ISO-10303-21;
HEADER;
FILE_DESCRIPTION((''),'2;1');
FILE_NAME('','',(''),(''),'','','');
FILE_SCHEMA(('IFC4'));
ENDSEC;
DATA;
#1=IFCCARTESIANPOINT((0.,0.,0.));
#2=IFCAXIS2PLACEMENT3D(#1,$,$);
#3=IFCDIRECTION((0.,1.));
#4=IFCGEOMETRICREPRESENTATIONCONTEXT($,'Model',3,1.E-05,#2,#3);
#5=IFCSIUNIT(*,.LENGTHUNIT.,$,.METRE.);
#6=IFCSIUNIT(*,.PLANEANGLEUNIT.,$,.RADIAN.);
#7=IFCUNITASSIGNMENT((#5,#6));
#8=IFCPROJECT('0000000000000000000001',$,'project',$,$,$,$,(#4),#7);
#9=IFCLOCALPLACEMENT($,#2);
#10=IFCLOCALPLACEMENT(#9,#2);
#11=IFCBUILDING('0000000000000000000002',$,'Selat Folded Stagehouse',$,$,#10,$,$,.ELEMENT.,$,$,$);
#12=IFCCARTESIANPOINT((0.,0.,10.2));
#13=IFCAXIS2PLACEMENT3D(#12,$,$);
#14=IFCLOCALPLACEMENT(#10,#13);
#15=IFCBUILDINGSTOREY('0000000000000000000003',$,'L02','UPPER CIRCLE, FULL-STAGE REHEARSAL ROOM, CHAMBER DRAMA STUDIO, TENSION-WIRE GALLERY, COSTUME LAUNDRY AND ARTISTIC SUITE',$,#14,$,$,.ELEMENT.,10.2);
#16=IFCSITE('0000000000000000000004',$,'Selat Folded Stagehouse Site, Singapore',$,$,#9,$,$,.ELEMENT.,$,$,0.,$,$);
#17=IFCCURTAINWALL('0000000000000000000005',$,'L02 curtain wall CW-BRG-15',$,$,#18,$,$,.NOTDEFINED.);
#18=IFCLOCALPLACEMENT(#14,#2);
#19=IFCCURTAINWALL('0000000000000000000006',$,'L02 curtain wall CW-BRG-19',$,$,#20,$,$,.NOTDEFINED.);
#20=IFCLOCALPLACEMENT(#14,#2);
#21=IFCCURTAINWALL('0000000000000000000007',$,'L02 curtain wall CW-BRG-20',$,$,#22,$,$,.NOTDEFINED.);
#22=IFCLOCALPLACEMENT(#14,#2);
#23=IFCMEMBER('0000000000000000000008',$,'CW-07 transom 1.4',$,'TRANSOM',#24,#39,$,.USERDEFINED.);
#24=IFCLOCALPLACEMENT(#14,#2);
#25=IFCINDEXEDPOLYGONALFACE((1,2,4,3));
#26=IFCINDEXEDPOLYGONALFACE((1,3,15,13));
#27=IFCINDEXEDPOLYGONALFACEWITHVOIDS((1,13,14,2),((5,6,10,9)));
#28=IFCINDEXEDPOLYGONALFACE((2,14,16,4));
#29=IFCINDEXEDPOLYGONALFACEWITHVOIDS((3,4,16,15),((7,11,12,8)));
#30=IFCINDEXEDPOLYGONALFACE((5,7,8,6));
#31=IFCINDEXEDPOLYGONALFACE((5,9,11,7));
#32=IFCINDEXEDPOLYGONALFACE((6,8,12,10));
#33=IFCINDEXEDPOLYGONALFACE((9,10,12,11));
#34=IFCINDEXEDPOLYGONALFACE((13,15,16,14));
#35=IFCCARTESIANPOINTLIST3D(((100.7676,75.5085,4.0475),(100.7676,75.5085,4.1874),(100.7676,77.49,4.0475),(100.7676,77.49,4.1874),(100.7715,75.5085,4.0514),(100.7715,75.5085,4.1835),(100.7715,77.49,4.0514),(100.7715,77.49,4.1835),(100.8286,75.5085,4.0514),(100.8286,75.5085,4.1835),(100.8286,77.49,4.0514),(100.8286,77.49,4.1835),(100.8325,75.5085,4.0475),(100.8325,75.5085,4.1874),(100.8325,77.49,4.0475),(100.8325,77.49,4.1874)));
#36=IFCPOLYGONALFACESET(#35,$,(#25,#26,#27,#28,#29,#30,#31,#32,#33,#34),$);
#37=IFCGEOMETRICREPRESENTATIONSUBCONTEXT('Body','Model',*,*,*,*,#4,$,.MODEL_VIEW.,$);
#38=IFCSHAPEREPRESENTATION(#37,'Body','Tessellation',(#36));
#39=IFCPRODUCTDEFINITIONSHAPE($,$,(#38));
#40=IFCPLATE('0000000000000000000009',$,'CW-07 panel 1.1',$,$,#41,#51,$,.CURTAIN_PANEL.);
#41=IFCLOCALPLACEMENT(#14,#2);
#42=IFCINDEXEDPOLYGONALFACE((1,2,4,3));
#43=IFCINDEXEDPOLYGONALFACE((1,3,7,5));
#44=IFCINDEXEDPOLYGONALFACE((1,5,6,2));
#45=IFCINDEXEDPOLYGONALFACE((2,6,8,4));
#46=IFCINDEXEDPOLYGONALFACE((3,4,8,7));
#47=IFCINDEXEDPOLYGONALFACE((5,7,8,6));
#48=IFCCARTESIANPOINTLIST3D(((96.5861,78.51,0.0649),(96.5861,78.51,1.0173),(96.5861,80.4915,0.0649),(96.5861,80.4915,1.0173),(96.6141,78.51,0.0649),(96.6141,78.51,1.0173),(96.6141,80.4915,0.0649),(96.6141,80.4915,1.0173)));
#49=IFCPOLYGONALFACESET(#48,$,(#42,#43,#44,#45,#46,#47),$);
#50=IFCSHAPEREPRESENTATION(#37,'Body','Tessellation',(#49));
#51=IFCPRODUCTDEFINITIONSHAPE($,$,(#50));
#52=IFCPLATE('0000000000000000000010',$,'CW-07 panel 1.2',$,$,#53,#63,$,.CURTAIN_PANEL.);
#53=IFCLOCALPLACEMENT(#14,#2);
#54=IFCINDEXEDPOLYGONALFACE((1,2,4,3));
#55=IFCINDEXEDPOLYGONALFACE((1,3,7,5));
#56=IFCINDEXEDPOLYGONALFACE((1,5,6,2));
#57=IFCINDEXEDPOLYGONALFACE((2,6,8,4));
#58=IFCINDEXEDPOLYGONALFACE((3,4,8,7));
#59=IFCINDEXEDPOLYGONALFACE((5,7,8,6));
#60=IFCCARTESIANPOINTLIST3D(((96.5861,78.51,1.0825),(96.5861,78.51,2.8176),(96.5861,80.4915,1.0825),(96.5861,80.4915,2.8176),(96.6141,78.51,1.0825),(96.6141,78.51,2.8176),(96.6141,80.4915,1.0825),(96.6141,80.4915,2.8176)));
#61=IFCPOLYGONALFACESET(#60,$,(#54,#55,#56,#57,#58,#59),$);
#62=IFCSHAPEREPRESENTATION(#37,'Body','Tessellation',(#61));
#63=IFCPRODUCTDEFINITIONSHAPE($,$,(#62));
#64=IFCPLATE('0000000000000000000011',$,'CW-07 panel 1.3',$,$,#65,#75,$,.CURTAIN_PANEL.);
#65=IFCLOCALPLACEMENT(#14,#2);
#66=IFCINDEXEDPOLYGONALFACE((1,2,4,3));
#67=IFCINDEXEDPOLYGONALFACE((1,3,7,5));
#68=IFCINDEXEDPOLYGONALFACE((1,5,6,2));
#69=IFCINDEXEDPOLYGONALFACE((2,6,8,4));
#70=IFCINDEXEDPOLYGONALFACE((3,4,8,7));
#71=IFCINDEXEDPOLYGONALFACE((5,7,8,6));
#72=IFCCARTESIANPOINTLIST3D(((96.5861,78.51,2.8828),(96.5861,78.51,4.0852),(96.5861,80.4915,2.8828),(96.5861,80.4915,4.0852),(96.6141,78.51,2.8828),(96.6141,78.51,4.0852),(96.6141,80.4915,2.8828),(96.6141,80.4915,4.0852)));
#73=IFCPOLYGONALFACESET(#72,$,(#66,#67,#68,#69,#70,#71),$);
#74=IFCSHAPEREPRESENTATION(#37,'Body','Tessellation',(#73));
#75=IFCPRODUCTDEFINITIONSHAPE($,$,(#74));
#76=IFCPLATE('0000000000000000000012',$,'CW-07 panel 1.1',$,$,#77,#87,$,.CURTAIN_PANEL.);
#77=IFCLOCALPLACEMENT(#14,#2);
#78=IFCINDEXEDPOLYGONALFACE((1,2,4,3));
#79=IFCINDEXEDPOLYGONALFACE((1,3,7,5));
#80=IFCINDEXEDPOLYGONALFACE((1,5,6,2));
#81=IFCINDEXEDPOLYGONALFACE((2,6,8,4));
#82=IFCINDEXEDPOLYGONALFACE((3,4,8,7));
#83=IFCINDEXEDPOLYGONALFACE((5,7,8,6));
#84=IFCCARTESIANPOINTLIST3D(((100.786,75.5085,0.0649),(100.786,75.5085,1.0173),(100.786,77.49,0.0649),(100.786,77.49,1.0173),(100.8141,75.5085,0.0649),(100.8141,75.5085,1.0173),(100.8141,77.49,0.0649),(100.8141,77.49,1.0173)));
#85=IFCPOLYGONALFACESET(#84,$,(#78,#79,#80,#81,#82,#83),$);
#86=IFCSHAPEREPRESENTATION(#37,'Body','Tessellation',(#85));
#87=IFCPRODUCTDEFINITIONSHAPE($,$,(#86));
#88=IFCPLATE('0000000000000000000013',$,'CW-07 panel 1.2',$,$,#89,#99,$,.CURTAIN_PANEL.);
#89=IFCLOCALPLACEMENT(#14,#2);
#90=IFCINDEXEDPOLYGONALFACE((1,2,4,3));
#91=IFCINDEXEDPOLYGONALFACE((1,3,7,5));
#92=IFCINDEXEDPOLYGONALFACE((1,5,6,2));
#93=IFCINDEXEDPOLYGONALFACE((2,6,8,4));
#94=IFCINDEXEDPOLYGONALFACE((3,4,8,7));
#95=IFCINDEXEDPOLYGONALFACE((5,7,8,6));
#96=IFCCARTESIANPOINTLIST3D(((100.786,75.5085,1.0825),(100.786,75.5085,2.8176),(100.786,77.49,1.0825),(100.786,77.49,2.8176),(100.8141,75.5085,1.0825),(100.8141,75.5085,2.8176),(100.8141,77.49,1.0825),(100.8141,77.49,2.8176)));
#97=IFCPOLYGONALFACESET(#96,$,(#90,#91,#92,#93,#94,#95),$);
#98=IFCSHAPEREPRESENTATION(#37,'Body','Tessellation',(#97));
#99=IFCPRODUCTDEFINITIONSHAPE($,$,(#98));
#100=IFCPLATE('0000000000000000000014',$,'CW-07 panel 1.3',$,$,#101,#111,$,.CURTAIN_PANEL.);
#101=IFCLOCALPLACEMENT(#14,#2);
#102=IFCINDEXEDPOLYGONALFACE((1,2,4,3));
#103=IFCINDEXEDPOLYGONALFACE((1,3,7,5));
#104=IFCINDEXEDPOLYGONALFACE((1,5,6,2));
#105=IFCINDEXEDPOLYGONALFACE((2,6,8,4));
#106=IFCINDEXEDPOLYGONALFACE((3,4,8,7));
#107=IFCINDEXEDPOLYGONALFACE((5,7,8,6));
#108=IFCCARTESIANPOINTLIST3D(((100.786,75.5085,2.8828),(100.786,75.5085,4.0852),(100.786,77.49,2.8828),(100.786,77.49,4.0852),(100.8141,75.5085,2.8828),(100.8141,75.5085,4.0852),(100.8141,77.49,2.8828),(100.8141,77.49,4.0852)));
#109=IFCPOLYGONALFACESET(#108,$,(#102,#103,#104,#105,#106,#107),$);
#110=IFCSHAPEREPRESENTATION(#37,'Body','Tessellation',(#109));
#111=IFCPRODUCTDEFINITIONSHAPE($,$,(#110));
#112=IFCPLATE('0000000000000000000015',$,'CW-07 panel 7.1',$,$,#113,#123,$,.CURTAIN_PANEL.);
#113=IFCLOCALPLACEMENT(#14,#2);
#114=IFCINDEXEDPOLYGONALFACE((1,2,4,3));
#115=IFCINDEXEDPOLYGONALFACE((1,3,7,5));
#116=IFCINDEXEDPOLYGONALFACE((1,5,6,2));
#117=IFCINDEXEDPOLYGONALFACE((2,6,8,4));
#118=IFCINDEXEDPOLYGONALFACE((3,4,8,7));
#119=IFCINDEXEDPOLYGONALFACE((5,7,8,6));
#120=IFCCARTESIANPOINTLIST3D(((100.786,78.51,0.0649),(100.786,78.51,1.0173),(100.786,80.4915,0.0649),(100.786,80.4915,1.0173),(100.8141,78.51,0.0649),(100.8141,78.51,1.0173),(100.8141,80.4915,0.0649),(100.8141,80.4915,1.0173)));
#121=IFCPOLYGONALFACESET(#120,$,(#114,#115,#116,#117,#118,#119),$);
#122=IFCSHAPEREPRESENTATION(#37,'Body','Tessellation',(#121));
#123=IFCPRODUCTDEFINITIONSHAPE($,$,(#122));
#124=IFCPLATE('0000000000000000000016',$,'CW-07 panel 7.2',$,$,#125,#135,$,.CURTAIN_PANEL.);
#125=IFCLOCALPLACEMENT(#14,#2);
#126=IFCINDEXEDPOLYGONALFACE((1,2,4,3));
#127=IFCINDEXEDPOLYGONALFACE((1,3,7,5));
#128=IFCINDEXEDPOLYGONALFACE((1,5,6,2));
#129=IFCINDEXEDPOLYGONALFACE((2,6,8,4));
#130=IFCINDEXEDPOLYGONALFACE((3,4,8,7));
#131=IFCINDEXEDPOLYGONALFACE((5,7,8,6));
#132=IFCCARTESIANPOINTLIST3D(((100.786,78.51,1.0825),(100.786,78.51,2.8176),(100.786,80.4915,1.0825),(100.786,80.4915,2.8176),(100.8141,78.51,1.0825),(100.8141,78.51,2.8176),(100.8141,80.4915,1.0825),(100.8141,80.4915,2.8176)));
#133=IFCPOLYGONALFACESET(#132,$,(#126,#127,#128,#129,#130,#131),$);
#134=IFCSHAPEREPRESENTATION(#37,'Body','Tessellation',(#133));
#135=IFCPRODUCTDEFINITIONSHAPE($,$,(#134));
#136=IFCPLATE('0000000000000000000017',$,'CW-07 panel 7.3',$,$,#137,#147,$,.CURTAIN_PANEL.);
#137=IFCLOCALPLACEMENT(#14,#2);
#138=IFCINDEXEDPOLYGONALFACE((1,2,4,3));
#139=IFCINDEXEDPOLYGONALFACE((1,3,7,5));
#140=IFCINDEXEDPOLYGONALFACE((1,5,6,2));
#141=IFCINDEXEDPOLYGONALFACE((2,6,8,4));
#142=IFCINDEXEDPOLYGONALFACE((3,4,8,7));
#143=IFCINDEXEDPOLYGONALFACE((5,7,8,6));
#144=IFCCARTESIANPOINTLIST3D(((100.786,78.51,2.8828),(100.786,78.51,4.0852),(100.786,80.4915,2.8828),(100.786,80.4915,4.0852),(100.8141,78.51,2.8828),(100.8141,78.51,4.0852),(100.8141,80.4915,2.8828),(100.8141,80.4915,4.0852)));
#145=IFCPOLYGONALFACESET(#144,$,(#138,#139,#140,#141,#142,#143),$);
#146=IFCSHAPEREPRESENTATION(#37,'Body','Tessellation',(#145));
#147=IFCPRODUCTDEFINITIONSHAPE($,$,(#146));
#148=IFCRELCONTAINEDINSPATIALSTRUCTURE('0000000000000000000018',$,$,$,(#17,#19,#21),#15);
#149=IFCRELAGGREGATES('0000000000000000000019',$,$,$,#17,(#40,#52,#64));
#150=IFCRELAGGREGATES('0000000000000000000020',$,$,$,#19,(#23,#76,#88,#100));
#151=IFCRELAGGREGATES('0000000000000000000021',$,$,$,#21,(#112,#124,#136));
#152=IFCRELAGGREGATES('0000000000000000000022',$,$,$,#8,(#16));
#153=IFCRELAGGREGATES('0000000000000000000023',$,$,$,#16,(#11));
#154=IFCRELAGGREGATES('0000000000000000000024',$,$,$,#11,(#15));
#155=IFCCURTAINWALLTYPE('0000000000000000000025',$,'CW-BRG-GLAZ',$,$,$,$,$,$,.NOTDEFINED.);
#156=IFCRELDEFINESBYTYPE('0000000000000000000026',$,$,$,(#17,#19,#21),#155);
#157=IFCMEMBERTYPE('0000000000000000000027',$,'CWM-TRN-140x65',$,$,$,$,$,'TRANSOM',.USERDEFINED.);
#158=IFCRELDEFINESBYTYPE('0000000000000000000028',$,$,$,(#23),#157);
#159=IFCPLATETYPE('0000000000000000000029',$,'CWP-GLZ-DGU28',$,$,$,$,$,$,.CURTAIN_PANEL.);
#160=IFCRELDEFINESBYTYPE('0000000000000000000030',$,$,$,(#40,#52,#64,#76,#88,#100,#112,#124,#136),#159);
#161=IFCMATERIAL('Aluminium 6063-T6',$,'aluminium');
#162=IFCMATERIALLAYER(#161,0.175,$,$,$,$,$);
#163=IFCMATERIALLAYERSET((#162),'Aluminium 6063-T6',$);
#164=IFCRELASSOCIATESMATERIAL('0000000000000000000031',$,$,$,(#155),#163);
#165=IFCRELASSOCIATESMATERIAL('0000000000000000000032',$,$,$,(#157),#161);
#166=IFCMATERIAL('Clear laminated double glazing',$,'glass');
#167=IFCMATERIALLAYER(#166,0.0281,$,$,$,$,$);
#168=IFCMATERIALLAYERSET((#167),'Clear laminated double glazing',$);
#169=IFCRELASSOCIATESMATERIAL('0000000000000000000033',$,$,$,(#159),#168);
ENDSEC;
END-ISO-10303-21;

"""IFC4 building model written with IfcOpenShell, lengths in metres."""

from ifc_helpers import new_model, si_unit, direction, frame, origin, origin_2d, place, context, subcontext, project, spatial, rectangle, hollow_rectangle, extrude, material, layer, layer_set, material_profile, profile_set, type_object, element, aggregate, save


model = new_model("IFC4")

# Units and contexts
model_context = context("Model", 3, precision=1e-05, world=origin(), true_north=direction((0.0, 1.0)))
body_context = subcontext(model_context, "Body", "Model", "MODEL_VIEW")
ifc_project = project(units=[si_unit("LENGTHUNIT", "METRE"), si_unit("PLANEANGLEUNIT", "RADIAN")], contexts=[model_context])

# Site, building, storey
site_placement = place(None, origin())
site = spatial("IfcSite", under=ifc_project, at=site_placement, Name="Selat Folded Stagehouse Site, Singapore", CompositionType="ELEMENT", RefElevation=0.0)
building_placement = place(site_placement, origin())
building = spatial("IfcBuilding", under=site, at=building_placement, Name="Selat Folded Stagehouse", CompositionType="ELEMENT")
storey_placement = place(building_placement, frame((0.0, 0.0, 10.2)))
storey = spatial("IfcBuildingStorey", under=building, at=storey_placement, Name="L02", Description="UPPER CIRCLE, FULL-STAGE REHEARSAL ROOM, CHAMBER DRAMA STUDIO, TENSION-WIRE GALLERY, COSTUME LAUNDRY AND ARTISTIC SUITE", CompositionType="ELEMENT", Elevation=10.2)

# Curtain walls
ifc_material_1 = material(Name="Aluminium 6063-T6", Category="aluminium")
ifc_layer_1 = layer(ifc_material_1, 0.175)
ifc_layer_set_1 = layer_set([ifc_layer_1], Name="Aluminium 6063-T6")
curtain_wall_type = type_object("IfcCurtainWallType", Name="CW-BRG-GLAZ", PredefinedType="NOTDEFINED", material=ifc_layer_set_1)
curtain_wall_1_placement = place(storey_placement, origin())
curtain_wall_1 = element("IfcCurtainWall", 1, at=curtain_wall_1_placement, inside=storey, type_object=curtain_wall_type, Name="L02 curtain wall CW-BRG-15", PredefinedType="NOTDEFINED")
curtain_wall_2_placement = place(storey_placement, origin())
curtain_wall_2 = element("IfcCurtainWall", 2, at=curtain_wall_2_placement, inside=storey, type_object=curtain_wall_type, Name="L02 curtain wall CW-BRG-19", PredefinedType="NOTDEFINED")
curtain_wall_3_placement = place(storey_placement, origin())
curtain_wall_3 = element("IfcCurtainWall", 3, at=curtain_wall_3_placement, inside=storey, type_object=curtain_wall_type, Name="L02 curtain wall CW-BRG-20", PredefinedType="NOTDEFINED")

# Member
ifc_material_profile_1 = material_profile(ifc_material_1, hollow_rectangle(XDim=0.0649, YDim=0.1399, WallThickness=0.0039, at=origin_2d()), Name="ALU 140x65x4.0")
ifc_profile_set_1 = profile_set([ifc_material_profile_1], Name="Aluminium 6063-T6")
member_type_1 = type_object("IfcMemberType", Name="CWM-TRN-140x65", ElementType="TRANSOM", PredefinedType="USERDEFINED", material=ifc_profile_set_1)
member_1_placement = place(storey_placement, frame((100.8, 77.49, 4.1174), z_axis=(0.0, -1.0, 0.0), x_axis=(1.0, 0.0, 0.0)))
member_1 = element("IfcMember", 4, at=member_1_placement, type_object=member_type_1, Name="CW-07 transom 1.4", ObjectType="TRANSOM", PredefinedType="USERDEFINED", context=body_context, shape_type="SweptSolid", body=[
    extrude(hollow_rectangle(XDim=0.0649, YDim=0.1399, WallThickness=0.0039, at=origin_2d()), origin(), (0.0, 0.0, 1.0), 1.9814),
])

# Plates
ifc_material_2 = material(Name="Clear laminated double glazing", Category="glass")
ifc_layer_2 = layer(ifc_material_2, 0.0281)
ifc_layer_set_2 = layer_set([ifc_layer_2], Name="Clear laminated double glazing")
plate_type = type_object("IfcPlateType", Name="CWP-GLZ-DGU28", PredefinedType="CURTAIN_PANEL", material=ifc_layer_set_2)
plate_1_placement = place(storey_placement, frame((96.6001, 79.5007, 0.0649), z_axis=(0.0, 0.0, 1.0), x_axis=(0.0, 1.0, 0.0)))
plate_1 = element("IfcPlate", 5, at=plate_1_placement, type_object=plate_type, Name="CW-07 panel 1.1", PredefinedType="CURTAIN_PANEL", context=body_context, shape_type="SweptSolid", body=[
    extrude(rectangle(XDim=1.9814, YDim=0.0281, at=origin_2d()), origin(), (0.0, 0.0, 1.0), 0.9524),
])
plate_2_placement = place(storey_placement, frame((96.6001, 79.5007, 1.0825), z_axis=(0.0, 0.0, 1.0), x_axis=(0.0, 1.0, 0.0)))
plate_2 = element("IfcPlate", 6, at=plate_2_placement, type_object=plate_type, Name="CW-07 panel 1.2", PredefinedType="CURTAIN_PANEL", context=body_context, shape_type="SweptSolid", body=[
    extrude(rectangle(XDim=1.9814, YDim=0.0281, at=origin_2d()), origin(), (0.0, 0.0, 1.0), 1.7351),
])
plate_3_placement = place(storey_placement, frame((96.6001, 79.5007, 2.8828), z_axis=(0.0, 0.0, 1.0), x_axis=(0.0, 1.0, 0.0)))
plate_3 = element("IfcPlate", 7, at=plate_3_placement, type_object=plate_type, Name="CW-07 panel 1.3", PredefinedType="CURTAIN_PANEL", context=body_context, shape_type="SweptSolid", body=[
    extrude(rectangle(XDim=1.9814, YDim=0.0281, at=origin_2d()), origin(), (0.0, 0.0, 1.0), 1.2024),
])
aggregate(curtain_wall_1, [plate_1, plate_2, plate_3])
plate_4_placement = place(storey_placement, frame((100.8, 76.4993, 0.0649), z_axis=(0.0, 0.0, 1.0), x_axis=(0.0, -1.0, 0.0)))
plate_4 = element("IfcPlate", 8, at=plate_4_placement, type_object=plate_type, Name="CW-07 panel 1.1", PredefinedType="CURTAIN_PANEL", context=body_context, shape_type="SweptSolid", body=[
    extrude(rectangle(XDim=1.9814, YDim=0.0281, at=origin_2d()), origin(), (0.0, 0.0, 1.0), 0.9524),
])
plate_5_placement = place(storey_placement, frame((100.8, 76.4993, 1.0825), z_axis=(0.0, 0.0, 1.0), x_axis=(0.0, -1.0, 0.0)))
plate_5 = element("IfcPlate", 9, at=plate_5_placement, type_object=plate_type, Name="CW-07 panel 1.2", PredefinedType="CURTAIN_PANEL", context=body_context, shape_type="SweptSolid", body=[
    extrude(rectangle(XDim=1.9814, YDim=0.0281, at=origin_2d()), origin(), (0.0, 0.0, 1.0), 1.7351),
])
plate_6_placement = place(storey_placement, frame((100.8, 76.4993, 2.8828), z_axis=(0.0, 0.0, 1.0), x_axis=(0.0, -1.0, 0.0)))
plate_6 = element("IfcPlate", 10, at=plate_6_placement, type_object=plate_type, Name="CW-07 panel 1.3", PredefinedType="CURTAIN_PANEL", context=body_context, shape_type="SweptSolid", body=[
    extrude(rectangle(XDim=1.9814, YDim=0.0281, at=origin_2d()), origin(), (0.0, 0.0, 1.0), 1.2024),
])
aggregate(curtain_wall_2, [member_1, plate_4, plate_5, plate_6])
plate_7_placement = place(storey_placement, frame((100.8, 79.5007, 0.0649), z_axis=(0.0, 0.0, 1.0), x_axis=(0.0, -1.0, 0.0)))
plate_7 = element("IfcPlate", 11, at=plate_7_placement, type_object=plate_type, Name="CW-07 panel 7.1", PredefinedType="CURTAIN_PANEL", context=body_context, shape_type="SweptSolid", body=[
    extrude(rectangle(XDim=1.9814, YDim=0.0281, at=origin_2d()), origin(), (0.0, 0.0, 1.0), 0.9524),
])
plate_8_placement = place(storey_placement, frame((100.8, 79.5007, 1.0825), z_axis=(0.0, 0.0, 1.0), x_axis=(0.0, -1.0, 0.0)))
plate_8 = element("IfcPlate", 12, at=plate_8_placement, type_object=plate_type, Name="CW-07 panel 7.2", PredefinedType="CURTAIN_PANEL", context=body_context, shape_type="SweptSolid", body=[
    extrude(rectangle(XDim=1.9814, YDim=0.0281, at=origin_2d()), origin(), (0.0, 0.0, 1.0), 1.7351),
])
plate_9_placement = place(storey_placement, frame((100.8, 79.5007, 2.8828), z_axis=(0.0, 0.0, 1.0), x_axis=(0.0, -1.0, 0.0)))
plate_9 = element("IfcPlate", 13, at=plate_9_placement, type_object=plate_type, Name="CW-07 panel 7.3", PredefinedType="CURTAIN_PANEL", context=body_context, shape_type="SweptSolid", body=[
    extrude(rectangle(XDim=1.9814, YDim=0.0281, at=origin_2d()), origin(), (0.0, 0.0, 1.0), 1.2024),
])
aggregate(curtain_wall_3, [plate_7, plate_8, plate_9])

save(model, "model.ifc")
